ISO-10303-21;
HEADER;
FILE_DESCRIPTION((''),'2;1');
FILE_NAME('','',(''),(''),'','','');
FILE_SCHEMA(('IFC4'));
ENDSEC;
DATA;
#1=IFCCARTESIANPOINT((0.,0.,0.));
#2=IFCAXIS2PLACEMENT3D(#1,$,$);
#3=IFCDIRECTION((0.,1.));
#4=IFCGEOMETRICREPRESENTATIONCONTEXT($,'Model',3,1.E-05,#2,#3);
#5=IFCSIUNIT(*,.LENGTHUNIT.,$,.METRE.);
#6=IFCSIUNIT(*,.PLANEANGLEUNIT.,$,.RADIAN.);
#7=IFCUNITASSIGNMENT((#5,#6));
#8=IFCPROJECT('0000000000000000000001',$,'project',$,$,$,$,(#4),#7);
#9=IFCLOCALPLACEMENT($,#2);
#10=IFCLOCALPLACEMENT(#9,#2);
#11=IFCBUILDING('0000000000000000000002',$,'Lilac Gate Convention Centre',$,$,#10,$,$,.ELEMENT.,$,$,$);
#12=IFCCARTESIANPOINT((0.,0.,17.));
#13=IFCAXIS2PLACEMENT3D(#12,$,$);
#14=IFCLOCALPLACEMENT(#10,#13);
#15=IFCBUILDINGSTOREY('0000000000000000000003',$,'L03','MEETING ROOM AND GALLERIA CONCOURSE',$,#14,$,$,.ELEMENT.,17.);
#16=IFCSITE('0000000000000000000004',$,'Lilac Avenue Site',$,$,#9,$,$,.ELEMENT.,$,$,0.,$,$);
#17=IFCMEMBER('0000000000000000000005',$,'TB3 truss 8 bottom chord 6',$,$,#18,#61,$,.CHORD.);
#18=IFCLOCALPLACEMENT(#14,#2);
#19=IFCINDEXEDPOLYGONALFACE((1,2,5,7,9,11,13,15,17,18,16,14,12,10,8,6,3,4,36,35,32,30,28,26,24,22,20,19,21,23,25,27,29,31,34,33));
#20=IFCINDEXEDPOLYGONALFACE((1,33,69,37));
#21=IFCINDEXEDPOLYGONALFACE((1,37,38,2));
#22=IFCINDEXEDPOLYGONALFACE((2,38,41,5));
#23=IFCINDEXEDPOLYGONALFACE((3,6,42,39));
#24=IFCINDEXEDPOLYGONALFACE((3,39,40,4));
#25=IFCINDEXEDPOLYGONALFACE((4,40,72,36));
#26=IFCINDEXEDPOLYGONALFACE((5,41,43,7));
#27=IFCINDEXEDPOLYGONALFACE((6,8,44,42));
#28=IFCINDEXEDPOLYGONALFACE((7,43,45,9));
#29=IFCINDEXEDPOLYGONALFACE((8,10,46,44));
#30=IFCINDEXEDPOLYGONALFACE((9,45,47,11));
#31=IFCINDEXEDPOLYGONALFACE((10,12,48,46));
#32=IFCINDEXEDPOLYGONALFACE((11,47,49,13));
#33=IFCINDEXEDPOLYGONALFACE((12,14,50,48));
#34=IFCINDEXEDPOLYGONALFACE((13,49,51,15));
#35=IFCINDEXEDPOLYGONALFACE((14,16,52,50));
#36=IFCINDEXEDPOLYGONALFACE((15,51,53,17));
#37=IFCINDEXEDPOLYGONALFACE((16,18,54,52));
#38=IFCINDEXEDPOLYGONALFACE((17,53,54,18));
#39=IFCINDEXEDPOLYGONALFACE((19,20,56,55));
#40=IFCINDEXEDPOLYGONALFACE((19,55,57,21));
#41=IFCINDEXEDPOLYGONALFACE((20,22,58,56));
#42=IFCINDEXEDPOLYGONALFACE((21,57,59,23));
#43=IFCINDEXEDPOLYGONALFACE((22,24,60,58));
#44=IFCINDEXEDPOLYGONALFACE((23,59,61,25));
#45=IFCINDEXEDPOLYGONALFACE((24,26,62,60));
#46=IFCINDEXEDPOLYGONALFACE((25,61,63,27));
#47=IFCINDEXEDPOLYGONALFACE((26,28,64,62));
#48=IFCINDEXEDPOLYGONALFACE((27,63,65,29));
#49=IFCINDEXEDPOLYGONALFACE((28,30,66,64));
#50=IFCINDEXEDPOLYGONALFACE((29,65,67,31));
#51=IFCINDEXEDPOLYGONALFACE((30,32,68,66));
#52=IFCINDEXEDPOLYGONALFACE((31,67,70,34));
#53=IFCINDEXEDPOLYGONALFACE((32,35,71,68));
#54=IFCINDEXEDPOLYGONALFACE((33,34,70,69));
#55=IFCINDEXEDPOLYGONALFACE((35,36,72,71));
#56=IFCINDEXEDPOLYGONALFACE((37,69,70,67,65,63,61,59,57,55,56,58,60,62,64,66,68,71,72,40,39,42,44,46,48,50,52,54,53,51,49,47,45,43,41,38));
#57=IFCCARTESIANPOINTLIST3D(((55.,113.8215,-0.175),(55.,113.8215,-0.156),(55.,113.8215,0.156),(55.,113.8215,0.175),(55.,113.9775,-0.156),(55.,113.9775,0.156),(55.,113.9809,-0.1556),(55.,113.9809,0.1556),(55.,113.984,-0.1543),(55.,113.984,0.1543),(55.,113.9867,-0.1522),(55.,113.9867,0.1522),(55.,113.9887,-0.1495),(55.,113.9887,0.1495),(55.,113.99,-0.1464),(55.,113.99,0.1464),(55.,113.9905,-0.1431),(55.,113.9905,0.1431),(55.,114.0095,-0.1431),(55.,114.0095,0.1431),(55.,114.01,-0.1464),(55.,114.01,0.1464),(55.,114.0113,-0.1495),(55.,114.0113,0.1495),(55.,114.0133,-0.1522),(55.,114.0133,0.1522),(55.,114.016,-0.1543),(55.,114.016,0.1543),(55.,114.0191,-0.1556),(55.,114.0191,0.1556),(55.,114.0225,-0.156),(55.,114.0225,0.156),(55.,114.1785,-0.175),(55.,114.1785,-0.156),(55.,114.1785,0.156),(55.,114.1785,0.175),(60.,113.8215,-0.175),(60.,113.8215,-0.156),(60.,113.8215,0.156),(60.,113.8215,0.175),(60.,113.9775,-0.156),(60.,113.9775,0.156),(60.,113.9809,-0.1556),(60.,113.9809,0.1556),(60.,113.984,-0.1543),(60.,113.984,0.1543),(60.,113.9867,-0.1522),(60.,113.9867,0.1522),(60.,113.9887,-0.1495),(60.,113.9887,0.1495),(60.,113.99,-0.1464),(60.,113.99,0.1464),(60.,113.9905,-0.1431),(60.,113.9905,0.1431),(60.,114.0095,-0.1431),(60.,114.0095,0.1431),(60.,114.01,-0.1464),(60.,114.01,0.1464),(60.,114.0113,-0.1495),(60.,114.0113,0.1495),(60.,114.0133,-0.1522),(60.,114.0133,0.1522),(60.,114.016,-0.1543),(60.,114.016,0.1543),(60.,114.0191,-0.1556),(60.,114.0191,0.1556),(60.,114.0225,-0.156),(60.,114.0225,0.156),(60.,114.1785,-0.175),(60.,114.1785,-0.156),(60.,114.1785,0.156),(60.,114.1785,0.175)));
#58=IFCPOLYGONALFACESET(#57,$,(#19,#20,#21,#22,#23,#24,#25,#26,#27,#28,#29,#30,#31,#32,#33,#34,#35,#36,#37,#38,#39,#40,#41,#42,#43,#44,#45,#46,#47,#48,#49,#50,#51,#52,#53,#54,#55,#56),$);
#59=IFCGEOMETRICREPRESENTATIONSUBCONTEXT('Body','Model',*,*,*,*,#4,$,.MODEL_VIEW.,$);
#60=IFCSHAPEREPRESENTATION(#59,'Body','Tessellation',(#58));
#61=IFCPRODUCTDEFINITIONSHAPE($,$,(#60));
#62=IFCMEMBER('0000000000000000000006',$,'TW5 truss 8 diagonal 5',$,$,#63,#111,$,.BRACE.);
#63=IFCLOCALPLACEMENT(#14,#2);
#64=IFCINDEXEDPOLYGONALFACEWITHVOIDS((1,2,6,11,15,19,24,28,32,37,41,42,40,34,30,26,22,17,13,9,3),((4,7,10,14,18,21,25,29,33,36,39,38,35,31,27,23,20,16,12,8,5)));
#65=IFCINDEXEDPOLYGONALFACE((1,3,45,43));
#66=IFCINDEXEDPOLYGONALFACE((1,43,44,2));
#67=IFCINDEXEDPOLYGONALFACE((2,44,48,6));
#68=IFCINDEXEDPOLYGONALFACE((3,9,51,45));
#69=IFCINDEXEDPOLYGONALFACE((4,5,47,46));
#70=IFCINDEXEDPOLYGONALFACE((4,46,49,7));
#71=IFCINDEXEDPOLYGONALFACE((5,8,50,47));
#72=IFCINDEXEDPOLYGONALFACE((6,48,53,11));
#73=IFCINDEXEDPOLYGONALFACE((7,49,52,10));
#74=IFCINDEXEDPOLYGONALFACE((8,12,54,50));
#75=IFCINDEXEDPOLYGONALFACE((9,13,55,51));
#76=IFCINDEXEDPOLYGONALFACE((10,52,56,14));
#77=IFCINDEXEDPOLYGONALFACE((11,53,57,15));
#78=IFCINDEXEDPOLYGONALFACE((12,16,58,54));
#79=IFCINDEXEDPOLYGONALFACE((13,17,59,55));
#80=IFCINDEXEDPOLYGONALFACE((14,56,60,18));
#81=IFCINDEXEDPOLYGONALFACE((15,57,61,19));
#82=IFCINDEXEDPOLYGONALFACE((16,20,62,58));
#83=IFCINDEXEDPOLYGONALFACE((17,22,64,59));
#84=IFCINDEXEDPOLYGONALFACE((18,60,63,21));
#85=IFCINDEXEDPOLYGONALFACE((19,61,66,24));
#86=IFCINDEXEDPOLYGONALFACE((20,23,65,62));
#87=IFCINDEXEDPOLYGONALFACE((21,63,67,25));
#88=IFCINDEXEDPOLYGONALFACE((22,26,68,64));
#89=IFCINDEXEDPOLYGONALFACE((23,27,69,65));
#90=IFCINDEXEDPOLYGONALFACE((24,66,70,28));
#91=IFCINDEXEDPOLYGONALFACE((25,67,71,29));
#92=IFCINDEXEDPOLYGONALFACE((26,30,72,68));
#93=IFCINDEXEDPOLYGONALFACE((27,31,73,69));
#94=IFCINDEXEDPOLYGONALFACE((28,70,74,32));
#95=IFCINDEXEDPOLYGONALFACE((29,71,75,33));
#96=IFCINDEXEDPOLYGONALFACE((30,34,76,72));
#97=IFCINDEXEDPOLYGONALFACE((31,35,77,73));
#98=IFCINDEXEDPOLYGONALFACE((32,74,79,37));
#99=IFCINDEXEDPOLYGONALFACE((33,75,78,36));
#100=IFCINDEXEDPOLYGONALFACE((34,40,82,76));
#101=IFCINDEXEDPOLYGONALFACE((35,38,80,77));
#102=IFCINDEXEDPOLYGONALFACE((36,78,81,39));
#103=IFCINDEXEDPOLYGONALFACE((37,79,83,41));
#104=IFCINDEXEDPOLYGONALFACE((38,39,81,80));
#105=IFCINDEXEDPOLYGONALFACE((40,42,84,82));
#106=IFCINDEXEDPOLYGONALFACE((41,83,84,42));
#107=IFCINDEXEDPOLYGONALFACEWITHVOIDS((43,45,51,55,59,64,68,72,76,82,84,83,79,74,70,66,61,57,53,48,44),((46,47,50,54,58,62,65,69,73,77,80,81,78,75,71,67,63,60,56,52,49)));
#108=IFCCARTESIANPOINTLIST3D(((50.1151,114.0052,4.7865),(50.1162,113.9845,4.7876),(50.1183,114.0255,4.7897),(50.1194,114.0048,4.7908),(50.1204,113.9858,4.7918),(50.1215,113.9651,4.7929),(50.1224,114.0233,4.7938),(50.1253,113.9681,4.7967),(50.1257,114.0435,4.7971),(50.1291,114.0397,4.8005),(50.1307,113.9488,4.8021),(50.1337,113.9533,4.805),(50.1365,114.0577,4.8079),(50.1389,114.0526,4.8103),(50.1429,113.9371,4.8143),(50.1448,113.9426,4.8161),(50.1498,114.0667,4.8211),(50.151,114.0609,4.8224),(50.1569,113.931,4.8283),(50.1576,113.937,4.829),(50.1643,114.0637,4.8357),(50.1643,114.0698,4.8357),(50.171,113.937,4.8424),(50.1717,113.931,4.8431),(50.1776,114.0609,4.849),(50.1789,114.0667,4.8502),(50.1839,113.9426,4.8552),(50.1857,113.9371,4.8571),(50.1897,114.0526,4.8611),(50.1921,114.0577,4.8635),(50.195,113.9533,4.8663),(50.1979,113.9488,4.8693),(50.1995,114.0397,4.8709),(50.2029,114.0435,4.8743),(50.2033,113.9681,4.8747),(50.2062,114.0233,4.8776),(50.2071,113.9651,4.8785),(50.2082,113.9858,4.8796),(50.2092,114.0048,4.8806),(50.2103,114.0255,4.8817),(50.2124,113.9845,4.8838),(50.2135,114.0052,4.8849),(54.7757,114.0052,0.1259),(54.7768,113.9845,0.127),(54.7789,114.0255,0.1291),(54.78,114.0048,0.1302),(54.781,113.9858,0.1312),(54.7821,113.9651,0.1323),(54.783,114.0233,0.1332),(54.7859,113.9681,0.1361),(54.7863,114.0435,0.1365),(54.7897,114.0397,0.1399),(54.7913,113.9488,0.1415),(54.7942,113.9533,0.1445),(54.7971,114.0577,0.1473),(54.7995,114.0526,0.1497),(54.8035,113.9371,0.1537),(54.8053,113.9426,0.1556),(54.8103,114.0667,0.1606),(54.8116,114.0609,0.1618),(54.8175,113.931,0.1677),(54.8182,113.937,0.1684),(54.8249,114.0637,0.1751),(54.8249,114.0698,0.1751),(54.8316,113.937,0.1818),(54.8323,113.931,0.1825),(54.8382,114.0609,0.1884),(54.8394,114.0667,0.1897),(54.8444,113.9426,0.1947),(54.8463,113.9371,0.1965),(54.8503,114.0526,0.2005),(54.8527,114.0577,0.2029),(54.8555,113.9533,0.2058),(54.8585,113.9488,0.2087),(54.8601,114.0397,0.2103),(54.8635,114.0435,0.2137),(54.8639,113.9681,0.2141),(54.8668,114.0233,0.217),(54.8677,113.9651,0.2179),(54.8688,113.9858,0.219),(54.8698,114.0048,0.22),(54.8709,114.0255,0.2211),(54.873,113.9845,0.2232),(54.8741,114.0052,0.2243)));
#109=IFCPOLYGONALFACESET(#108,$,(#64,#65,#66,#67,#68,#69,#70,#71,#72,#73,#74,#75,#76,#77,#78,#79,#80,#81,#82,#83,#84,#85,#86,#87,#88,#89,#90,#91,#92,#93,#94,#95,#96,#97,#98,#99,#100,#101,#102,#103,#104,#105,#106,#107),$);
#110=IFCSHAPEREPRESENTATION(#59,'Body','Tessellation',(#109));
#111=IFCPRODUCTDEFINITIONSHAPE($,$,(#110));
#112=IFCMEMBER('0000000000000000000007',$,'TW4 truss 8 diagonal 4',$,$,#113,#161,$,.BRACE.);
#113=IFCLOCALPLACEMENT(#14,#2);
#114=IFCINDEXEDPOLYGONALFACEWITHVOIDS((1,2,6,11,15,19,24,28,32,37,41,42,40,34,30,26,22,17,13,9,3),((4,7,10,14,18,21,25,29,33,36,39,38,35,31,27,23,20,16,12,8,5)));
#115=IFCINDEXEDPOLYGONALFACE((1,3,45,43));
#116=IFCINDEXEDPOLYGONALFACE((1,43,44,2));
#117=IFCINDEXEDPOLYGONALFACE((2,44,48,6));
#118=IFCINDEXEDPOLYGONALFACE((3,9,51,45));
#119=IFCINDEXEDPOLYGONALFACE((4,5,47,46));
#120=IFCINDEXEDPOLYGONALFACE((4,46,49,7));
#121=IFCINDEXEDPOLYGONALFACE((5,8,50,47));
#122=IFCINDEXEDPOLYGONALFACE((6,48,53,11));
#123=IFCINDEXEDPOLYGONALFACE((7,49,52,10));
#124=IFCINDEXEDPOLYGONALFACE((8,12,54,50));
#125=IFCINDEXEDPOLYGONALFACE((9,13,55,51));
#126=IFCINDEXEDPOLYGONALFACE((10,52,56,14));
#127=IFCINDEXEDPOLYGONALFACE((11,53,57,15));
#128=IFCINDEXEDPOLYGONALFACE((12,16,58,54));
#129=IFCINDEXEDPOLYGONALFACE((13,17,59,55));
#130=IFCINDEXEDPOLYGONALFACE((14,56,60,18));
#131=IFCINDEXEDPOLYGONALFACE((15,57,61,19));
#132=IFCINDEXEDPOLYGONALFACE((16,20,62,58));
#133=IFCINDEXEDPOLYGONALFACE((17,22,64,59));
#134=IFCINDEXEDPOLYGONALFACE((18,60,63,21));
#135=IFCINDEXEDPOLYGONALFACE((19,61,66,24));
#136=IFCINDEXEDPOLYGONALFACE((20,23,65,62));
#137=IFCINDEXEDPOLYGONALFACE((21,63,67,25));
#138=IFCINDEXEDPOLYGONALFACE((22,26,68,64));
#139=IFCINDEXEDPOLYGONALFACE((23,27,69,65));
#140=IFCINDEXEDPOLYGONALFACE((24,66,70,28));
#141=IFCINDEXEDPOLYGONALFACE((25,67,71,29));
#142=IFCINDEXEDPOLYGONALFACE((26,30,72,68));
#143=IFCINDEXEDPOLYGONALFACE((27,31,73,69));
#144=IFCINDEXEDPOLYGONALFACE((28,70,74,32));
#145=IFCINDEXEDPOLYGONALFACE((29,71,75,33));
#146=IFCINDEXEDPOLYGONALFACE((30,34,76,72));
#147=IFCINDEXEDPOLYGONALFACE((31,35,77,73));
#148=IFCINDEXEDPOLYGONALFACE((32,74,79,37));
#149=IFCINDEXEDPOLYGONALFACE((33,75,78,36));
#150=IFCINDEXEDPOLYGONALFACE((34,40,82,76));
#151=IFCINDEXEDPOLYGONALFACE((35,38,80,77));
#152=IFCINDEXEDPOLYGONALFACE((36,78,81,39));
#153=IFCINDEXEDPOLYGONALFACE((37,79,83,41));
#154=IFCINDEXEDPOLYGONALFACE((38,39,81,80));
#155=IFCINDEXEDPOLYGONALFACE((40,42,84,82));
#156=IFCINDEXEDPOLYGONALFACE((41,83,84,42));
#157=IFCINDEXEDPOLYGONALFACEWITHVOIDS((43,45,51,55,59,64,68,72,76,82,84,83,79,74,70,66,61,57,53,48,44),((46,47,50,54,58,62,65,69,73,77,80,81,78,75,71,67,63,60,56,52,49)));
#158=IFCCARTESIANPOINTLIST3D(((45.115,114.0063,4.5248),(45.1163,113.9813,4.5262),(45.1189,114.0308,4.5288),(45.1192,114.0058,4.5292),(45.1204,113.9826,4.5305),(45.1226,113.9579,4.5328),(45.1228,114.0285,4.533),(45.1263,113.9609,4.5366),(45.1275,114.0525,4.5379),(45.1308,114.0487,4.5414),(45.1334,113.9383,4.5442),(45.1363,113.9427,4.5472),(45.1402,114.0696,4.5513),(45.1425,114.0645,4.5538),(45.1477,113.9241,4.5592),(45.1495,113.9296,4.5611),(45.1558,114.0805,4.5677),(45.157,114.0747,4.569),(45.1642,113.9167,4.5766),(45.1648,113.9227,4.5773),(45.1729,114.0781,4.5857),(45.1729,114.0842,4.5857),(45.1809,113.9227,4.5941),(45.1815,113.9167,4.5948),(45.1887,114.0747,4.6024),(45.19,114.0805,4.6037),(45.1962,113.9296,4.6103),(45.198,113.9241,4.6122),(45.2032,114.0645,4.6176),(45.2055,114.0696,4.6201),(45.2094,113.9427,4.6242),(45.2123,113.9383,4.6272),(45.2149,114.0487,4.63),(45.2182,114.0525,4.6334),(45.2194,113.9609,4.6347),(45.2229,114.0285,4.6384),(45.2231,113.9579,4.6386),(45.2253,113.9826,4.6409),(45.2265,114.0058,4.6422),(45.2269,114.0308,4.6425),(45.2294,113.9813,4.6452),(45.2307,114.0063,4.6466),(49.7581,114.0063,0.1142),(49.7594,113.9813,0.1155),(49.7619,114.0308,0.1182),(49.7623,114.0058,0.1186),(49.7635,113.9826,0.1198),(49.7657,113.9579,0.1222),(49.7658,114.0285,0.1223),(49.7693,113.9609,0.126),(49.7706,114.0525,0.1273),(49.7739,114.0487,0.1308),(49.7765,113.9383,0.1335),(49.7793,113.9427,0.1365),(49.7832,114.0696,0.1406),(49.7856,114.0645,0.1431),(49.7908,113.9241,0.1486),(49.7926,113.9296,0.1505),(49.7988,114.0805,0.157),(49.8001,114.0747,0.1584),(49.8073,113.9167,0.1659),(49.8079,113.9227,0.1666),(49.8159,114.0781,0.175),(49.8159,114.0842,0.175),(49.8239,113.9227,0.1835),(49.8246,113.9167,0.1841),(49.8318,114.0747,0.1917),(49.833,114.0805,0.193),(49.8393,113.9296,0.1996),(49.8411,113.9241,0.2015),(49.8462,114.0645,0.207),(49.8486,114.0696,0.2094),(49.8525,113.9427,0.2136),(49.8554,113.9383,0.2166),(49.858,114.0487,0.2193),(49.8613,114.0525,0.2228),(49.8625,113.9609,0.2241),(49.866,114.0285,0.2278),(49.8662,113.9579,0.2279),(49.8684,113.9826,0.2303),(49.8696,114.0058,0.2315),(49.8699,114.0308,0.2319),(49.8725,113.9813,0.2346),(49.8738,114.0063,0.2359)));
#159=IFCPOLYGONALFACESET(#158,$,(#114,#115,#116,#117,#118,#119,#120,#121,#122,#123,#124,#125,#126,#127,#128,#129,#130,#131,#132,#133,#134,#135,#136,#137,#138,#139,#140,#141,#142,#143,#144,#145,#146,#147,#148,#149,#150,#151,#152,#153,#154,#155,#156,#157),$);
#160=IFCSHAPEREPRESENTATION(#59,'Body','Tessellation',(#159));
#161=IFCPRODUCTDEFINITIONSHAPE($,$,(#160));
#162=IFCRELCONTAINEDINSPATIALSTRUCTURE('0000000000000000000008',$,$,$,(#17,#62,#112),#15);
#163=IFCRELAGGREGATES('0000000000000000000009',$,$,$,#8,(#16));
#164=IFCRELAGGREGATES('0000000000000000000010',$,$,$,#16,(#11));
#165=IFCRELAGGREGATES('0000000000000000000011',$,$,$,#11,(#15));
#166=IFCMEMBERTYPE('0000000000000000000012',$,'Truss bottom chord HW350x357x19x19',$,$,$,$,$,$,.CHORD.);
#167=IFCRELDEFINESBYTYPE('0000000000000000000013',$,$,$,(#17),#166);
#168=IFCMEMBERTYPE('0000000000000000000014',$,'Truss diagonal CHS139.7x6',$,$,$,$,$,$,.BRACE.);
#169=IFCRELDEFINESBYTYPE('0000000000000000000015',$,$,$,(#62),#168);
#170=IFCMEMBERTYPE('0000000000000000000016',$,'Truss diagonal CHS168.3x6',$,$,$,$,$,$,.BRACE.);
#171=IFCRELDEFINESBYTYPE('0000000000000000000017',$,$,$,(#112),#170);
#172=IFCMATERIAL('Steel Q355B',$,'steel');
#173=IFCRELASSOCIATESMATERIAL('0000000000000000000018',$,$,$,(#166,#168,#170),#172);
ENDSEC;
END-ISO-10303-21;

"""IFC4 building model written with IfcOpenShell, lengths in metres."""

from ifc_helpers import new_model, si_unit, direction, frame, origin, origin_2d, place, context, subcontext, project, spatial, hollow_circle, i_section, extrude, material, material_profile, profile_set, type_object, element, save


model = new_model("IFC4")

# Units and contexts
model_context = context("Model", 3, precision=1e-05, world=origin(), true_north=direction((0.0, 1.0)))
body_context = subcontext(model_context, "Body", "Model", "MODEL_VIEW")
ifc_project = project(units=[si_unit("LENGTHUNIT", "METRE"), si_unit("PLANEANGLEUNIT", "RADIAN")], contexts=[model_context])

# Site, building, storey
site_placement = place(None, origin())
site = spatial("IfcSite", under=ifc_project, at=site_placement, Name="Lilac Avenue Site", CompositionType="ELEMENT", RefElevation=0.0)
building_placement = place(site_placement, origin())
building = spatial("IfcBuilding", under=site, at=building_placement, Name="Lilac Gate Convention Centre", CompositionType="ELEMENT")
storey_placement = place(building_placement, frame((0.0, 0.0, 17.0)))
storey = spatial("IfcBuildingStorey", under=building, at=storey_placement, Name="L03", Description="MEETING ROOM AND GALLERIA CONCOURSE", CompositionType="ELEMENT", Elevation=17.0)

# Members
ifc_material = material(Name="Steel Q355B", Category="steel")
ifc_material_profile_1 = material_profile(ifc_material, i_section(OverallWidth=0.3569, OverallDepth=0.3501, WebThickness=0.019, FlangeThickness=0.019, FilletRadius=0.0129, at=origin_2d()), Name="HW350x357x19x19")
ifc_profile_set_1 = profile_set([ifc_material_profile_1], Name="Steel Q355B")
member_type_1 = type_object("IfcMemberType", Name="Truss bottom chord HW350x357x19x19", PredefinedType="CHORD", material=ifc_profile_set_1)
for number, where, z_axis, x_axis, name in (
    (1, (55.0, 114.0, 0.0), (1.0, 0.0, 0.0), (0.0, 1.0, 0.0), "TB3 truss 8 bottom chord 6"),
):
    element("IfcMember", number, at=place(storey_placement, frame(where, z_axis=z_axis, x_axis=x_axis)), inside=storey, type_object=member_type_1, Name=name, PredefinedType="CHORD", context=body_context, shape_type="SweptSolid", body=[
        extrude(i_section(OverallWidth=0.3569, OverallDepth=0.3501, WebThickness=0.019, FlangeThickness=0.019, FilletRadius=0.0129, at=origin_2d()), origin(), (0.0, 0.0, 1.0), 5.0),
    ])
ifc_material_profile_2 = material_profile(ifc_material, hollow_circle(Radius=0.0698, WallThickness=0.0061, at=origin_2d()), Name="CHS139.7x6")
ifc_profile_set_2 = profile_set([ifc_material_profile_2], Name="Steel Q355B")
member_type_2 = type_object("IfcMemberType", Name="Truss diagonal CHS139.7x6", PredefinedType="BRACE", material=ifc_profile_set_2)
member_1_placement = place(storey_placement, frame((50.1643, 114.0, 4.8357), z_axis=(0.707107, 0.0, -0.707107), x_axis=(0.0, 1.0, 0.0)))
element("IfcMember", 2, at=member_1_placement, inside=storey, type_object=member_type_2, Name="TW5 truss 8 diagonal 5", PredefinedType="BRACE", context=body_context, shape_type="SweptSolid", body=[
    extrude(hollow_circle(Radius=0.0698, WallThickness=0.0061, at=origin_2d()), origin(), (0.0, 0.0, 1.0), 6.5911),
])
ifc_material_profile_3 = material_profile(ifc_material, hollow_circle(Radius=0.0842, WallThickness=0.0061, at=origin_2d()), Name="CHS168.3x6")
ifc_profile_set_3 = profile_set([ifc_material_profile_3], Name="Steel Q355B")
member_type_3 = type_object("IfcMemberType", Name="Truss diagonal CHS168.3x6", PredefinedType="BRACE", material=ifc_profile_set_3)
member_2_placement = place(storey_placement, frame((45.1729, 114.0, 4.5857), z_axis=(0.72502, 0.0, -0.688727), x_axis=(0.0, 1.0, 0.0)))
element("IfcMember", 3, at=member_2_placement, inside=storey, type_object=member_type_3, Name="TW4 truss 8 diagonal 4", PredefinedType="BRACE", context=body_context, shape_type="SweptSolid", body=[
    extrude(hollow_circle(Radius=0.0842, WallThickness=0.0061, at=origin_2d()), origin(), (0.0, 0.0, 1.0), 6.4041),
])

save(model, "model.ifc")
